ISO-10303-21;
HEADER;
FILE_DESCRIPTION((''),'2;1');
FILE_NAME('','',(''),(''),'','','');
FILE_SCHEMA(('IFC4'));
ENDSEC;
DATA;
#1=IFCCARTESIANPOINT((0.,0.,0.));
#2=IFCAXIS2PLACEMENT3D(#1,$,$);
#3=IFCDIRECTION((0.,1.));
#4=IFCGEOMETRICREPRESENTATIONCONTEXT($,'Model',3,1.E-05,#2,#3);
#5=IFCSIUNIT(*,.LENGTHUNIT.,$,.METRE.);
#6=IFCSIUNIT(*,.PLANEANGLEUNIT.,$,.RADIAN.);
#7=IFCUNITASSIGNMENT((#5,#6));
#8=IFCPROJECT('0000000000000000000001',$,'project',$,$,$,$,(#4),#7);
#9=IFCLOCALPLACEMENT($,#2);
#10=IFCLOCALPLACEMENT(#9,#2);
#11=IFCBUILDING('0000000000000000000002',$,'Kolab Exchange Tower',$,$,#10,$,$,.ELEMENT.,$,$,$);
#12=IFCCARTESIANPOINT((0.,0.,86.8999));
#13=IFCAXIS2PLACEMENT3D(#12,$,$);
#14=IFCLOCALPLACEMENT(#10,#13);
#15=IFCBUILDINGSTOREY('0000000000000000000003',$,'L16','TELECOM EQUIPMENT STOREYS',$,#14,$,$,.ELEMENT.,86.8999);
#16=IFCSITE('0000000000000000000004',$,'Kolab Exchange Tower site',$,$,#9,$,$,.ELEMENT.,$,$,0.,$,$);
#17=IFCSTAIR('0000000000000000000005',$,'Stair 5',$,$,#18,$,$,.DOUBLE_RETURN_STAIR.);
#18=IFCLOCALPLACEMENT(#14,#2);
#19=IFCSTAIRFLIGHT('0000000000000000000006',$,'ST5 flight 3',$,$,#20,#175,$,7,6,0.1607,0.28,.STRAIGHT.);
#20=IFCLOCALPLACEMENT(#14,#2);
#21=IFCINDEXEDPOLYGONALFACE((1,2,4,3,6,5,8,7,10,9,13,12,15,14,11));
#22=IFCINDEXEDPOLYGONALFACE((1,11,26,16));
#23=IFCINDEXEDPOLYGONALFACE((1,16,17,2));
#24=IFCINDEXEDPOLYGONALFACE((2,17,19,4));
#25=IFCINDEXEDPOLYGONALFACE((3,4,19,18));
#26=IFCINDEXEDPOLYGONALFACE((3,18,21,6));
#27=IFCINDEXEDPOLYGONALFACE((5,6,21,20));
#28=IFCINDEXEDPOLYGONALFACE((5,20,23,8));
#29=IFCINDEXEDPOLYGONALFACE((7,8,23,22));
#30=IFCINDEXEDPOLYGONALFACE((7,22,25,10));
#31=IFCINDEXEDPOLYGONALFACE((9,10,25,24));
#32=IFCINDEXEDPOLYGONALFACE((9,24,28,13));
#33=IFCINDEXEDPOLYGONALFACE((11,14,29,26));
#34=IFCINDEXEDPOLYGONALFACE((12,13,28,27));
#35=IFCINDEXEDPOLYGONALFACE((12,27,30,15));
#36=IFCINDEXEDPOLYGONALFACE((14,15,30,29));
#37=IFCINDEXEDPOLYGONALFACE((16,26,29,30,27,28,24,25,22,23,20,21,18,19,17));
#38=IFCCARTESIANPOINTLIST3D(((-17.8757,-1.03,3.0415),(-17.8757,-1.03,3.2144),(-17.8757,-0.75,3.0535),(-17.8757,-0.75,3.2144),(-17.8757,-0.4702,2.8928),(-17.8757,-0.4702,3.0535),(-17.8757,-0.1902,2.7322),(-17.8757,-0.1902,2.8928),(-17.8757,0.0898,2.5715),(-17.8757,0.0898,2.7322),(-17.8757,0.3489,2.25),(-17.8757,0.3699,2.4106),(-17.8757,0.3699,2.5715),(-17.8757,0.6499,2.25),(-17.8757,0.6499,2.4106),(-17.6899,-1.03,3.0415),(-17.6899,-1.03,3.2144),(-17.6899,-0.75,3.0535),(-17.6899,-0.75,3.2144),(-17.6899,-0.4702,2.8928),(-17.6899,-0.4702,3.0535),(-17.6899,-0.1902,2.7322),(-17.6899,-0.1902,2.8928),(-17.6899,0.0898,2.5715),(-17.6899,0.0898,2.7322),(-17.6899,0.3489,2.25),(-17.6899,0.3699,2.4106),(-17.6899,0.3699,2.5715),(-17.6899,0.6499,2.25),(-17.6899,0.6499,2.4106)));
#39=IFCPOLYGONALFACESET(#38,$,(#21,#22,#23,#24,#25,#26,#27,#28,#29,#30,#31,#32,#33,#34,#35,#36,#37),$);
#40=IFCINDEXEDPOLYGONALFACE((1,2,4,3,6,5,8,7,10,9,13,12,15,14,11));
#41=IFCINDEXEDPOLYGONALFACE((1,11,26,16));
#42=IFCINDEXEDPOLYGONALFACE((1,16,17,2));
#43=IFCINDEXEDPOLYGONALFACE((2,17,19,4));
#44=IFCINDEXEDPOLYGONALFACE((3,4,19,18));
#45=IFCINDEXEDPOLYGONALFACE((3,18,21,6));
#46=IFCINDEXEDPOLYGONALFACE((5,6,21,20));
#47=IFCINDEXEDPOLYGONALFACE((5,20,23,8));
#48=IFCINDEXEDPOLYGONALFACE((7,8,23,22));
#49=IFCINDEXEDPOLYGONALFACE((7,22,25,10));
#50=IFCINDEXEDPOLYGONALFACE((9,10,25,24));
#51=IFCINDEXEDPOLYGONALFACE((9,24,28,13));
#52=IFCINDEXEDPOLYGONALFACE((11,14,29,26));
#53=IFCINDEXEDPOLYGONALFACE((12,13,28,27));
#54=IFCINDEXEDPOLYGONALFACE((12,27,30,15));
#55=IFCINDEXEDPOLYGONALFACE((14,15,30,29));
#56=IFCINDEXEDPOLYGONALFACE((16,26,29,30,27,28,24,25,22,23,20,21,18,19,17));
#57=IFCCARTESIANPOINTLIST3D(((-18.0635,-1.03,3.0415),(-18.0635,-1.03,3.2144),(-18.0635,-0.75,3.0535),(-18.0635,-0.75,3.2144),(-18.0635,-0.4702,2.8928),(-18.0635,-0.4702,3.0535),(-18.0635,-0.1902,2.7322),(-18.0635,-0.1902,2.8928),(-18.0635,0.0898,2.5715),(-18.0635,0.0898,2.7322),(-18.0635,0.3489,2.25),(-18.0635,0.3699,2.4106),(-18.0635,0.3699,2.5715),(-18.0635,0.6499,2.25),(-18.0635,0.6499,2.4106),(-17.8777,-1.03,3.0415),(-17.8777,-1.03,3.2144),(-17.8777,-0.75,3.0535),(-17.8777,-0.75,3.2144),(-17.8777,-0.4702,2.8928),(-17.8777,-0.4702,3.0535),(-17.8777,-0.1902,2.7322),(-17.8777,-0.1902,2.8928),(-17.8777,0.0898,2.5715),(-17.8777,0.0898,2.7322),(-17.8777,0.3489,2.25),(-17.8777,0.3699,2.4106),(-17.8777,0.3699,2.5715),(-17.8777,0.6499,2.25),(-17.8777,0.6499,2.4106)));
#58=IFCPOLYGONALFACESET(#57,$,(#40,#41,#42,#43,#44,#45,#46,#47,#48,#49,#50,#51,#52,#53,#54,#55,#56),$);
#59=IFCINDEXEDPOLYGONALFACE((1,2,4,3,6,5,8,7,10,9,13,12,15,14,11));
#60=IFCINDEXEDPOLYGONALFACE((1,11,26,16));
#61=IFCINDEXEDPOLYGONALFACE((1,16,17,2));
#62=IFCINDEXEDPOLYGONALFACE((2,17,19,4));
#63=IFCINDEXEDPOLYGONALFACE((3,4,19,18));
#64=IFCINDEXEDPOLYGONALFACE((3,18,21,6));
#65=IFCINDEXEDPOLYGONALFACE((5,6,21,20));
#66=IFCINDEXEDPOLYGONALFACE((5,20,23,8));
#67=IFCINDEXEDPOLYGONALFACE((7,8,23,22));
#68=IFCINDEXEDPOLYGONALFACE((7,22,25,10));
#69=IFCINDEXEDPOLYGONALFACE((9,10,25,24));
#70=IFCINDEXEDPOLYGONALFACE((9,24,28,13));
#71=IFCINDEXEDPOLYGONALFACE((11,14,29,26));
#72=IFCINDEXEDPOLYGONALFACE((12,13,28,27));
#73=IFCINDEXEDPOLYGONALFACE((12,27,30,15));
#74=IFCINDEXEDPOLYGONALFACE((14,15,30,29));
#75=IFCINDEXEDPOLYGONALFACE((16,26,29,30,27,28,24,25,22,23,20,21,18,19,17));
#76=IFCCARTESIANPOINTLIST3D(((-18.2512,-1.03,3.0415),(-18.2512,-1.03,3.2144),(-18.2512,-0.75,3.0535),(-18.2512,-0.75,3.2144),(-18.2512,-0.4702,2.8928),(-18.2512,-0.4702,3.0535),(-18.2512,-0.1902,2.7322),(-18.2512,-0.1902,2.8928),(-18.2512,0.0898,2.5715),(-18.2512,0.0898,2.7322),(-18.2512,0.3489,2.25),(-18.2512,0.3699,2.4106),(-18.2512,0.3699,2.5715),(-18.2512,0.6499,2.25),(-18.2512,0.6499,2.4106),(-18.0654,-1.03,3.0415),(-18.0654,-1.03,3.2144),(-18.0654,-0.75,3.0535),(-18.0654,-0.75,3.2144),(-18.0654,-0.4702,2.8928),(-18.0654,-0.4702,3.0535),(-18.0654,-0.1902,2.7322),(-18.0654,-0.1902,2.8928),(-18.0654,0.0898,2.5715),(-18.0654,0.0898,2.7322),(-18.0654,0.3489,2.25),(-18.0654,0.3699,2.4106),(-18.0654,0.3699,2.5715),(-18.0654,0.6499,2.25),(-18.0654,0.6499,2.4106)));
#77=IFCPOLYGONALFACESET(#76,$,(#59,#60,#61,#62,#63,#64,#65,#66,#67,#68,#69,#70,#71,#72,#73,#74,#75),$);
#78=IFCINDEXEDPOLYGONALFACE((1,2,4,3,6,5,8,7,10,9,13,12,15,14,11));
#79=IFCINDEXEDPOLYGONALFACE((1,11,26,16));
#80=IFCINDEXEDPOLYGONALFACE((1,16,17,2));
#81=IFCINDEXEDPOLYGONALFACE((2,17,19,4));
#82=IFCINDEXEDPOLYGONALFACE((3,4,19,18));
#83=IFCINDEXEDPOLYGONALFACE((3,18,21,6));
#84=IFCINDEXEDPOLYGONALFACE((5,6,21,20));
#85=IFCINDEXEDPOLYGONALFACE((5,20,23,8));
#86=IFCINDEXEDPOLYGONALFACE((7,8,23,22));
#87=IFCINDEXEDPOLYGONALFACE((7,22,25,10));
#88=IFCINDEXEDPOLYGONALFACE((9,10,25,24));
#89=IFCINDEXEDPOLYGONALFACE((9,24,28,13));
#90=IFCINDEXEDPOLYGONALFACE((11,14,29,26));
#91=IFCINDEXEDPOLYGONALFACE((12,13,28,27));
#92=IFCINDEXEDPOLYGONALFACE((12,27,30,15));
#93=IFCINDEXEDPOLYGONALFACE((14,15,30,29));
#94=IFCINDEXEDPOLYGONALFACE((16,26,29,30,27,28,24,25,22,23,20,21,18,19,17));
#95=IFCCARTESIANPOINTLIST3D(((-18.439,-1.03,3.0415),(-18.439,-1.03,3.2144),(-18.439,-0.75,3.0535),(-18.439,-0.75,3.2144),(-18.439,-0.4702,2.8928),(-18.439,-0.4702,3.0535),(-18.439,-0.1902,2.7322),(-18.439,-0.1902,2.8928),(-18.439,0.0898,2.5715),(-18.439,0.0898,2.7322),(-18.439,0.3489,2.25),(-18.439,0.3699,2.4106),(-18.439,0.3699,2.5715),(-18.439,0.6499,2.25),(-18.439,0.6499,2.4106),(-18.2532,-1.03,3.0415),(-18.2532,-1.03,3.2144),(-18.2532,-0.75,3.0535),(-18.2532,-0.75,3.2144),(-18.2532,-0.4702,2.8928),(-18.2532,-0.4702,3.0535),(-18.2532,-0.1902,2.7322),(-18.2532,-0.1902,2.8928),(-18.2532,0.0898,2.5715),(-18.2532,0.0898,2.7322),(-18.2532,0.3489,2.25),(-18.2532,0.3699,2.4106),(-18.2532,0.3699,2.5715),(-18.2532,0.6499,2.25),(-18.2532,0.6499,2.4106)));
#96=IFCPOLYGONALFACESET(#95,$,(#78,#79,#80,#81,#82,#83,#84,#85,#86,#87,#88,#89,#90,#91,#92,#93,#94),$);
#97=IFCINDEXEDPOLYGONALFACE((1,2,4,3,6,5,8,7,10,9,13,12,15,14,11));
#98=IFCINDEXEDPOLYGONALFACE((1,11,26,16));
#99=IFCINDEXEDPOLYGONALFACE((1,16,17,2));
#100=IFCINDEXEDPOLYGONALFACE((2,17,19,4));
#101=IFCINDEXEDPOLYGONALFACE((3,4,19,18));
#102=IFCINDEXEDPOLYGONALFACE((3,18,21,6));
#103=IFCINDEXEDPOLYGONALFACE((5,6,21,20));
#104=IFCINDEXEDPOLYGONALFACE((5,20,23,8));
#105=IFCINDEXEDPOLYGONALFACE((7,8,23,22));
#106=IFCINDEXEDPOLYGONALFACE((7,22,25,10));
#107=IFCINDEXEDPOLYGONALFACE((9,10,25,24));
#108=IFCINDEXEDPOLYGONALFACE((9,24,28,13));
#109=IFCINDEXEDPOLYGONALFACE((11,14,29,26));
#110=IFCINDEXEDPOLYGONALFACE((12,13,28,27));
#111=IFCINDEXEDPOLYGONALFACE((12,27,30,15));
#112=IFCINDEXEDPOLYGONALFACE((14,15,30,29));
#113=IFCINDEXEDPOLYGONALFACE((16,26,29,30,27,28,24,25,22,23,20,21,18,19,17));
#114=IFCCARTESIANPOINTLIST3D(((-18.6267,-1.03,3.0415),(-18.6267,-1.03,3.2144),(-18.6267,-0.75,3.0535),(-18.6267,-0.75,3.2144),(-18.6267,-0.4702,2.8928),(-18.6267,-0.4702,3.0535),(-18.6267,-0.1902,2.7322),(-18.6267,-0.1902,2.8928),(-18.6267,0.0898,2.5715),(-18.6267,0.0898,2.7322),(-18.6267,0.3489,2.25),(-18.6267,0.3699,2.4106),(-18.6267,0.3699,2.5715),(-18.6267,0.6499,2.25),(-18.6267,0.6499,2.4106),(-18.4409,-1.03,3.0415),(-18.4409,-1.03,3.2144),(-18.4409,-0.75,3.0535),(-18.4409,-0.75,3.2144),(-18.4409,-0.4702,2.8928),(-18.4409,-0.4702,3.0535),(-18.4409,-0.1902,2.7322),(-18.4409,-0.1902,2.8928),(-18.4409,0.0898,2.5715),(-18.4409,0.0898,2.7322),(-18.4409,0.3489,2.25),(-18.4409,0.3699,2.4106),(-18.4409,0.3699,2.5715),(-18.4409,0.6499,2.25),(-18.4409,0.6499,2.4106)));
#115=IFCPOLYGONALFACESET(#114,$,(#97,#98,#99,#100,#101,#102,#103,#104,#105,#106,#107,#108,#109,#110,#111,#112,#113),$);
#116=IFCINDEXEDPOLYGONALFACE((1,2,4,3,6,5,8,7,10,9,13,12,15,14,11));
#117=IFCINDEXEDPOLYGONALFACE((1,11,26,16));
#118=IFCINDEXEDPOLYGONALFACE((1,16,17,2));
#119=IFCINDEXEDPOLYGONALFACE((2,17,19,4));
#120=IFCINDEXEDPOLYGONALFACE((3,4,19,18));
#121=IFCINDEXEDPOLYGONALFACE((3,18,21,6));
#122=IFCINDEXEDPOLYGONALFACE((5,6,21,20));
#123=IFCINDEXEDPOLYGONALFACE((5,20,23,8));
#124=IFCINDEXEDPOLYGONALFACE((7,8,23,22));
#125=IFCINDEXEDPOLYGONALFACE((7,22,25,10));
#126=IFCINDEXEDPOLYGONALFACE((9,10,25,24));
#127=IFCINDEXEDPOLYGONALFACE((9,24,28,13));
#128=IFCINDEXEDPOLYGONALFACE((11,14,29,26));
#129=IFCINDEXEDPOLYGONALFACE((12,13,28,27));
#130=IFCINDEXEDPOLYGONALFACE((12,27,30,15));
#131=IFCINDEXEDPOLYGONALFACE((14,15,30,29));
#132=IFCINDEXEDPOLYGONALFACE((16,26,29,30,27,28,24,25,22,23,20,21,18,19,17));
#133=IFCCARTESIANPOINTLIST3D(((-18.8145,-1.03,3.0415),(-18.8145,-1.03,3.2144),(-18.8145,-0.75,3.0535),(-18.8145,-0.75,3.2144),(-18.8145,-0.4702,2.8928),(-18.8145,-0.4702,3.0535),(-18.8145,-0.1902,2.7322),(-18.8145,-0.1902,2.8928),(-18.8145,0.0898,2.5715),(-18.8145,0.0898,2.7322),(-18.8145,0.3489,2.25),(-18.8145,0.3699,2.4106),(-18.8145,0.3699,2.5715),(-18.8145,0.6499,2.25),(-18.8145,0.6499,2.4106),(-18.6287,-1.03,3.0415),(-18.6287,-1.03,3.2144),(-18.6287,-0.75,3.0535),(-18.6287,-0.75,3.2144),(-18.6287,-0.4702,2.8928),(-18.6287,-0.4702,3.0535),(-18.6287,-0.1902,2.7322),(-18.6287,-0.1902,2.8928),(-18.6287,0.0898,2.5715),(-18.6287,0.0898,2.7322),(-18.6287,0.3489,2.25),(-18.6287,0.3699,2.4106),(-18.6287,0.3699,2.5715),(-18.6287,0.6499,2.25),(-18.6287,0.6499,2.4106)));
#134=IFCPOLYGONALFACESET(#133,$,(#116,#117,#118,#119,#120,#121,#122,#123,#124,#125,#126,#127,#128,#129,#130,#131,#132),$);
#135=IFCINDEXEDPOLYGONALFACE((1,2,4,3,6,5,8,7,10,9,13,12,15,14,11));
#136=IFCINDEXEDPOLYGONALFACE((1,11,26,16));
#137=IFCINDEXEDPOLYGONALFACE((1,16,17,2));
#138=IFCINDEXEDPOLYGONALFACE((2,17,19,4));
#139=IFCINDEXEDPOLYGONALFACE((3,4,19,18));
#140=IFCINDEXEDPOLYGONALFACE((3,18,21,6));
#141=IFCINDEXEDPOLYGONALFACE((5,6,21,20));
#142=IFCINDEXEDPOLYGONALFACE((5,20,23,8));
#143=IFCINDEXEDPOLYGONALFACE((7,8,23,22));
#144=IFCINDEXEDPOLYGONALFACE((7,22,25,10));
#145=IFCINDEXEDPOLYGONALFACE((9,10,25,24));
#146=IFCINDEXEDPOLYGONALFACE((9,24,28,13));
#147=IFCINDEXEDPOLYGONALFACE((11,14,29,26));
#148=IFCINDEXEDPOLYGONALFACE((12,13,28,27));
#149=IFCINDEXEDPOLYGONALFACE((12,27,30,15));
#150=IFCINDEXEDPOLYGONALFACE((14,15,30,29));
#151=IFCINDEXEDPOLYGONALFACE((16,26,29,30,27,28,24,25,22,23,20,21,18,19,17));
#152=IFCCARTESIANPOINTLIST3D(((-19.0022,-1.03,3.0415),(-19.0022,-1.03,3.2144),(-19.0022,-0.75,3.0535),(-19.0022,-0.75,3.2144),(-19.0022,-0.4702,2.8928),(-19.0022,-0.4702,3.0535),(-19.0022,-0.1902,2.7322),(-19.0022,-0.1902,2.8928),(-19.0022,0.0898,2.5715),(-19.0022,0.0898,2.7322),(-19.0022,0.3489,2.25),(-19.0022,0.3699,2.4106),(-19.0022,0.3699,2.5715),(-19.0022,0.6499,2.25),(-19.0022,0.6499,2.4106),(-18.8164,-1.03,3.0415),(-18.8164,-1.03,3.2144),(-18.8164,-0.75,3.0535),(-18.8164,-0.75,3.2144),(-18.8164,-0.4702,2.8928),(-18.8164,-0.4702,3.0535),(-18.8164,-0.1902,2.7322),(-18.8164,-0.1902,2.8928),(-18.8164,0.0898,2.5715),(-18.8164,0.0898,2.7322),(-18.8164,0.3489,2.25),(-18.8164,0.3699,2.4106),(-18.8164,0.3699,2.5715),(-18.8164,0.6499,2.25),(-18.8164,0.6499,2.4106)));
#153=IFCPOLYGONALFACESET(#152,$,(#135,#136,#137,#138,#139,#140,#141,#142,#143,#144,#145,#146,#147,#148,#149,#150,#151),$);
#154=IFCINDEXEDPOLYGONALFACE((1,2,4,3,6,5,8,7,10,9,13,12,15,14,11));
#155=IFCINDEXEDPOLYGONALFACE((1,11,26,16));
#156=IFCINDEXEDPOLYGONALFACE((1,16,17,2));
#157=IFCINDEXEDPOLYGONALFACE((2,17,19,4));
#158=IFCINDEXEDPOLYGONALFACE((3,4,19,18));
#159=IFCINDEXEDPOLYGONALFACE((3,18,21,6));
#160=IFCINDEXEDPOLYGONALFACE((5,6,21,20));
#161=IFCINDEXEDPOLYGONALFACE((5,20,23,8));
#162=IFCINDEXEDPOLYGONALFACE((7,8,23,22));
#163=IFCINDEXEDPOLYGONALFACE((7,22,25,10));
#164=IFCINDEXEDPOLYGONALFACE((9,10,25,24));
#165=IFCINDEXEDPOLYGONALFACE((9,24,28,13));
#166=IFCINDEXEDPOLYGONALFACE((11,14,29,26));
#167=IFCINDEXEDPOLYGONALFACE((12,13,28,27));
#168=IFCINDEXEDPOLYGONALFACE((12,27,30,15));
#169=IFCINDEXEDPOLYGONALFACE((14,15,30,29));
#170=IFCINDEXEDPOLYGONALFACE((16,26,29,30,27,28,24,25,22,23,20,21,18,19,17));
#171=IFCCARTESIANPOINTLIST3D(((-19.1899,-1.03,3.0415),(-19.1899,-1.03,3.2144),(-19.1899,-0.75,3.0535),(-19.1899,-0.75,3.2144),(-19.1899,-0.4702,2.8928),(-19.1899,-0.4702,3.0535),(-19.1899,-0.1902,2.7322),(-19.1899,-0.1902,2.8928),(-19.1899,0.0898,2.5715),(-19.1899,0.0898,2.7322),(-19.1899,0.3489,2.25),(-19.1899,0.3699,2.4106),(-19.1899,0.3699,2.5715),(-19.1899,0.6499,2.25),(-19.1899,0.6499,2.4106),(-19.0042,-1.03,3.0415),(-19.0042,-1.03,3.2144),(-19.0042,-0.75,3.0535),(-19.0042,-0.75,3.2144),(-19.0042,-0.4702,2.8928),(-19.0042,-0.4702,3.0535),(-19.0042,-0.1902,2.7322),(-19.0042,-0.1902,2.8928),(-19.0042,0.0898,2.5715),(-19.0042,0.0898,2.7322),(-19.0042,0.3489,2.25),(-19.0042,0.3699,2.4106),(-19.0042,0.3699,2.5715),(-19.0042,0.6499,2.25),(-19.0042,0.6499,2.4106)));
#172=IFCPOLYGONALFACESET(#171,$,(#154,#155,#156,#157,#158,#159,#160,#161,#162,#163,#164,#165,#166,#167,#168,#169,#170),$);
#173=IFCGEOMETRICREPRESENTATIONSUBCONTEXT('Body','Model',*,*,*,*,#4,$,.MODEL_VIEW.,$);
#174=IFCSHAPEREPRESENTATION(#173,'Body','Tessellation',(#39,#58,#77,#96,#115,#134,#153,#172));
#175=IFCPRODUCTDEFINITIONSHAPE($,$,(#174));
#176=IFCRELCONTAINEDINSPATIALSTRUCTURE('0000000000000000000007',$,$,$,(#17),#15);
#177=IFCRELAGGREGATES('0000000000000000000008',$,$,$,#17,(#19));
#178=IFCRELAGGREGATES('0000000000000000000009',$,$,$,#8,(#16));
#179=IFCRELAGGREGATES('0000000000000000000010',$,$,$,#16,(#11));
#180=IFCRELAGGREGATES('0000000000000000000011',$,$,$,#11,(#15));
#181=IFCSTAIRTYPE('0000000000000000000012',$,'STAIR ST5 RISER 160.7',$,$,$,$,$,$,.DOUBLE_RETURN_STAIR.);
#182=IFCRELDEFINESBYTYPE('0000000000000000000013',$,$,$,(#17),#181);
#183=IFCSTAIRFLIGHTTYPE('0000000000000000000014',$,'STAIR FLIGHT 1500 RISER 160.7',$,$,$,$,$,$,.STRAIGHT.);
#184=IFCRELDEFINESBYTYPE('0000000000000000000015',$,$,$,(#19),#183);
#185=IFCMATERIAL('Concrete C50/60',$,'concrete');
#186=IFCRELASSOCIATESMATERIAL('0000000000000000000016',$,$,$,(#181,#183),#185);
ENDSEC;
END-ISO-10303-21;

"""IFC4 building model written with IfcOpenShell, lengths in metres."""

from ifc_helpers import new_model, si_unit, direction, frame, origin, place, context, subcontext, project, spatial, polyline, outline, extrude, material, type_object, element, aggregate, save


model = new_model("IFC4")

# Units and contexts
model_context = context("Model", 3, precision=1e-05, world=origin(), true_north=direction((0.0, 1.0)))
body_context = subcontext(model_context, "Body", "Model", "MODEL_VIEW")
ifc_project = project(units=[si_unit("LENGTHUNIT", "METRE"), si_unit("PLANEANGLEUNIT", "RADIAN")], contexts=[model_context])

# Site, building, storey
site_placement = place(None, origin())
site = spatial("IfcSite", under=ifc_project, at=site_placement, Name="Kolab Exchange Tower site", CompositionType="ELEMENT", RefElevation=0.0)
building_placement = place(site_placement, origin())
building = spatial("IfcBuilding", under=site, at=building_placement, Name="Kolab Exchange Tower", CompositionType="ELEMENT")
storey_placement = place(building_placement, frame((0.0, 0.0, 86.8999)))
storey = spatial("IfcBuildingStorey", under=building, at=storey_placement, Name="L16", Description="TELECOM EQUIPMENT STOREYS", CompositionType="ELEMENT", Elevation=86.8999)

# Shared definitions
ifc_material_1 = material(Name="Concrete C50/60", Category="concrete")

# Stair, stair flight
stair_type = type_object("IfcStairType", Name="STAIR ST5 RISER 160.7", PredefinedType="DOUBLE_RETURN_STAIR", material=ifc_material_1)
stair_placement = place(storey_placement, origin())
stair = element("IfcStair", 1, at=stair_placement, inside=storey, type_object=stair_type, Name="Stair 5", PredefinedType="DOUBLE_RETURN_STAIR")
stair_flight_type = type_object("IfcStairFlightType", Name="STAIR FLIGHT 1500 RISER 160.7", PredefinedType="STRAIGHT", material=ifc_material_1)
stair_flight_1_placement = place(storey_placement, frame((-18.4399, 0.6499, 2.25), z_axis=(0.0, 0.0, 1.0), x_axis=(0.0, -1.0, 0.0)))
stair_flight_1 = element("IfcStairFlight", 2, at=stair_flight_1_placement, type_object=stair_flight_type, Name="ST5 flight 3", NumberOfRisers=7, NumberOfTreads=6, PredefinedType="STRAIGHT", RiserHeight=0.1607, TreadLength=0.28, context=body_context, shape_type="SweptSolid", body=[
    extrude(outline(polyline([(0.0, 0.0), (0.0, 0.1606), (0.28, 0.1606), (0.28, 0.3215), (0.5601, 0.3215), (0.5601, 0.4822), (0.8401, 0.4822), (0.8401, 0.6428), (1.1201, 0.6428), (1.1201, 0.8035), (1.3999, 0.8035), (1.3999, 0.9644), (1.6799, 0.9644), (1.6799, 1.125), (1.6799, 0.7915), (0.301, 0.0), (0.0, 0.0)])), frame((0.0, 0.75, 0.0), z_axis=(0.0, -1.0, 0.0), x_axis=(1.0, 0.0, 0.0)), (0.0, 0.0, 1.0), 0.1858),
    extrude(outline(polyline([(0.0, 0.0), (0.0, 0.1606), (0.28, 0.1606), (0.28, 0.3215), (0.5601, 0.3215), (0.5601, 0.4822), (0.8401, 0.4822), (0.8401, 0.6428), (1.1201, 0.6428), (1.1201, 0.8035), (1.3999, 0.8035), (1.3999, 0.9644), (1.6799, 0.9644), (1.6799, 1.125), (1.6799, 0.7915), (0.301, 0.0), (0.0, 0.0)])), frame((0.0, 0.5623, 0.0), z_axis=(0.0, -1.0, 0.0), x_axis=(1.0, 0.0, 0.0)), (0.0, 0.0, 1.0), 0.1858),
    extrude(outline(polyline([(0.0, 0.0), (0.0, 0.1606), (0.28, 0.1606), (0.28, 0.3215), (0.5601, 0.3215), (0.5601, 0.4822), (0.8401, 0.4822), (0.8401, 0.6428), (1.1201, 0.6428), (1.1201, 0.8035), (1.3999, 0.8035), (1.3999, 0.9644), (1.6799, 0.9644), (1.6799, 1.125), (1.6799, 0.7915), (0.301, 0.0), (0.0, 0.0)])), frame((0.0, 0.3745, 0.0), z_axis=(0.0, -1.0, 0.0), x_axis=(1.0, 0.0, 0.0)), (0.0, 0.0, 1.0), 0.1858),
    extrude(outline(polyline([(0.0, 0.0), (0.0, 0.1606), (0.28, 0.1606), (0.28, 0.3215), (0.5601, 0.3215), (0.5601, 0.4822), (0.8401, 0.4822), (0.8401, 0.6428), (1.1201, 0.6428), (1.1201, 0.8035), (1.3999, 0.8035), (1.3999, 0.9644), (1.6799, 0.9644), (1.6799, 1.125), (1.6799, 0.7915), (0.301, 0.0), (0.0, 0.0)])), frame((0.0, 0.1868, 0.0), z_axis=(0.0, -1.0, 0.0), x_axis=(1.0, 0.0, 0.0)), (0.0, 0.0, 1.0), 0.1858),
    extrude(outline(polyline([(0.0, 0.0), (0.0, 0.1606), (0.28, 0.1606), (0.28, 0.3215), (0.5601, 0.3215), (0.5601, 0.4822), (0.8401, 0.4822), (0.8401, 0.6428), (1.1201, 0.6428), (1.1201, 0.8035), (1.3999, 0.8035), (1.3999, 0.9644), (1.6799, 0.9644), (1.6799, 1.125), (1.6799, 0.7915), (0.301, 0.0), (0.0, 0.0)])), frame((0.0, -0.001, 0.0), z_axis=(0.0, -1.0, 0.0), x_axis=(1.0, 0.0, 0.0)), (0.0, 0.0, 1.0), 0.1858),
    extrude(outline(polyline([(0.0, 0.0), (0.0, 0.1606), (0.28, 0.1606), (0.28, 0.3215), (0.5601, 0.3215), (0.5601, 0.4822), (0.8401, 0.4822), (0.8401, 0.6428), (1.1201, 0.6428), (1.1201, 0.8035), (1.3999, 0.8035), (1.3999, 0.9644), (1.6799, 0.9644), (1.6799, 1.125), (1.6799, 0.7915), (0.301, 0.0), (0.0, 0.0)])), frame((0.0, -0.1887, 0.0), z_axis=(0.0, -1.0, 0.0), x_axis=(1.0, 0.0, 0.0)), (0.0, 0.0, 1.0), 0.1858),
    extrude(outline(polyline([(0.0, 0.0), (0.0, 0.1606), (0.28, 0.1606), (0.28, 0.3215), (0.5601, 0.3215), (0.5601, 0.4822), (0.8401, 0.4822), (0.8401, 0.6428), (1.1201, 0.6428), (1.1201, 0.8035), (1.3999, 0.8035), (1.3999, 0.9644), (1.6799, 0.9644), (1.6799, 1.125), (1.6799, 0.7915), (0.301, 0.0), (0.0, 0.0)])), frame((0.0, -0.3765, 0.0), z_axis=(0.0, -1.0, 0.0), x_axis=(1.0, 0.0, 0.0)), (0.0, 0.0, 1.0), 0.1858),
    extrude(outline(polyline([(0.0, 0.0), (0.0, 0.1606), (0.28, 0.1606), (0.28, 0.3215), (0.5601, 0.3215), (0.5601, 0.4822), (0.8401, 0.4822), (0.8401, 0.6428), (1.1201, 0.6428), (1.1201, 0.8035), (1.3999, 0.8035), (1.3999, 0.9644), (1.6799, 0.9644), (1.6799, 1.125), (1.6799, 0.7915), (0.301, 0.0), (0.0, 0.0)])), frame((0.0, -0.5642, 0.0), z_axis=(0.0, -1.0, 0.0), x_axis=(1.0, 0.0, 0.0)), (0.0, 0.0, 1.0), 0.1858),
])
aggregate(stair, [stair_flight_1])

save(model, "model.ifc")
